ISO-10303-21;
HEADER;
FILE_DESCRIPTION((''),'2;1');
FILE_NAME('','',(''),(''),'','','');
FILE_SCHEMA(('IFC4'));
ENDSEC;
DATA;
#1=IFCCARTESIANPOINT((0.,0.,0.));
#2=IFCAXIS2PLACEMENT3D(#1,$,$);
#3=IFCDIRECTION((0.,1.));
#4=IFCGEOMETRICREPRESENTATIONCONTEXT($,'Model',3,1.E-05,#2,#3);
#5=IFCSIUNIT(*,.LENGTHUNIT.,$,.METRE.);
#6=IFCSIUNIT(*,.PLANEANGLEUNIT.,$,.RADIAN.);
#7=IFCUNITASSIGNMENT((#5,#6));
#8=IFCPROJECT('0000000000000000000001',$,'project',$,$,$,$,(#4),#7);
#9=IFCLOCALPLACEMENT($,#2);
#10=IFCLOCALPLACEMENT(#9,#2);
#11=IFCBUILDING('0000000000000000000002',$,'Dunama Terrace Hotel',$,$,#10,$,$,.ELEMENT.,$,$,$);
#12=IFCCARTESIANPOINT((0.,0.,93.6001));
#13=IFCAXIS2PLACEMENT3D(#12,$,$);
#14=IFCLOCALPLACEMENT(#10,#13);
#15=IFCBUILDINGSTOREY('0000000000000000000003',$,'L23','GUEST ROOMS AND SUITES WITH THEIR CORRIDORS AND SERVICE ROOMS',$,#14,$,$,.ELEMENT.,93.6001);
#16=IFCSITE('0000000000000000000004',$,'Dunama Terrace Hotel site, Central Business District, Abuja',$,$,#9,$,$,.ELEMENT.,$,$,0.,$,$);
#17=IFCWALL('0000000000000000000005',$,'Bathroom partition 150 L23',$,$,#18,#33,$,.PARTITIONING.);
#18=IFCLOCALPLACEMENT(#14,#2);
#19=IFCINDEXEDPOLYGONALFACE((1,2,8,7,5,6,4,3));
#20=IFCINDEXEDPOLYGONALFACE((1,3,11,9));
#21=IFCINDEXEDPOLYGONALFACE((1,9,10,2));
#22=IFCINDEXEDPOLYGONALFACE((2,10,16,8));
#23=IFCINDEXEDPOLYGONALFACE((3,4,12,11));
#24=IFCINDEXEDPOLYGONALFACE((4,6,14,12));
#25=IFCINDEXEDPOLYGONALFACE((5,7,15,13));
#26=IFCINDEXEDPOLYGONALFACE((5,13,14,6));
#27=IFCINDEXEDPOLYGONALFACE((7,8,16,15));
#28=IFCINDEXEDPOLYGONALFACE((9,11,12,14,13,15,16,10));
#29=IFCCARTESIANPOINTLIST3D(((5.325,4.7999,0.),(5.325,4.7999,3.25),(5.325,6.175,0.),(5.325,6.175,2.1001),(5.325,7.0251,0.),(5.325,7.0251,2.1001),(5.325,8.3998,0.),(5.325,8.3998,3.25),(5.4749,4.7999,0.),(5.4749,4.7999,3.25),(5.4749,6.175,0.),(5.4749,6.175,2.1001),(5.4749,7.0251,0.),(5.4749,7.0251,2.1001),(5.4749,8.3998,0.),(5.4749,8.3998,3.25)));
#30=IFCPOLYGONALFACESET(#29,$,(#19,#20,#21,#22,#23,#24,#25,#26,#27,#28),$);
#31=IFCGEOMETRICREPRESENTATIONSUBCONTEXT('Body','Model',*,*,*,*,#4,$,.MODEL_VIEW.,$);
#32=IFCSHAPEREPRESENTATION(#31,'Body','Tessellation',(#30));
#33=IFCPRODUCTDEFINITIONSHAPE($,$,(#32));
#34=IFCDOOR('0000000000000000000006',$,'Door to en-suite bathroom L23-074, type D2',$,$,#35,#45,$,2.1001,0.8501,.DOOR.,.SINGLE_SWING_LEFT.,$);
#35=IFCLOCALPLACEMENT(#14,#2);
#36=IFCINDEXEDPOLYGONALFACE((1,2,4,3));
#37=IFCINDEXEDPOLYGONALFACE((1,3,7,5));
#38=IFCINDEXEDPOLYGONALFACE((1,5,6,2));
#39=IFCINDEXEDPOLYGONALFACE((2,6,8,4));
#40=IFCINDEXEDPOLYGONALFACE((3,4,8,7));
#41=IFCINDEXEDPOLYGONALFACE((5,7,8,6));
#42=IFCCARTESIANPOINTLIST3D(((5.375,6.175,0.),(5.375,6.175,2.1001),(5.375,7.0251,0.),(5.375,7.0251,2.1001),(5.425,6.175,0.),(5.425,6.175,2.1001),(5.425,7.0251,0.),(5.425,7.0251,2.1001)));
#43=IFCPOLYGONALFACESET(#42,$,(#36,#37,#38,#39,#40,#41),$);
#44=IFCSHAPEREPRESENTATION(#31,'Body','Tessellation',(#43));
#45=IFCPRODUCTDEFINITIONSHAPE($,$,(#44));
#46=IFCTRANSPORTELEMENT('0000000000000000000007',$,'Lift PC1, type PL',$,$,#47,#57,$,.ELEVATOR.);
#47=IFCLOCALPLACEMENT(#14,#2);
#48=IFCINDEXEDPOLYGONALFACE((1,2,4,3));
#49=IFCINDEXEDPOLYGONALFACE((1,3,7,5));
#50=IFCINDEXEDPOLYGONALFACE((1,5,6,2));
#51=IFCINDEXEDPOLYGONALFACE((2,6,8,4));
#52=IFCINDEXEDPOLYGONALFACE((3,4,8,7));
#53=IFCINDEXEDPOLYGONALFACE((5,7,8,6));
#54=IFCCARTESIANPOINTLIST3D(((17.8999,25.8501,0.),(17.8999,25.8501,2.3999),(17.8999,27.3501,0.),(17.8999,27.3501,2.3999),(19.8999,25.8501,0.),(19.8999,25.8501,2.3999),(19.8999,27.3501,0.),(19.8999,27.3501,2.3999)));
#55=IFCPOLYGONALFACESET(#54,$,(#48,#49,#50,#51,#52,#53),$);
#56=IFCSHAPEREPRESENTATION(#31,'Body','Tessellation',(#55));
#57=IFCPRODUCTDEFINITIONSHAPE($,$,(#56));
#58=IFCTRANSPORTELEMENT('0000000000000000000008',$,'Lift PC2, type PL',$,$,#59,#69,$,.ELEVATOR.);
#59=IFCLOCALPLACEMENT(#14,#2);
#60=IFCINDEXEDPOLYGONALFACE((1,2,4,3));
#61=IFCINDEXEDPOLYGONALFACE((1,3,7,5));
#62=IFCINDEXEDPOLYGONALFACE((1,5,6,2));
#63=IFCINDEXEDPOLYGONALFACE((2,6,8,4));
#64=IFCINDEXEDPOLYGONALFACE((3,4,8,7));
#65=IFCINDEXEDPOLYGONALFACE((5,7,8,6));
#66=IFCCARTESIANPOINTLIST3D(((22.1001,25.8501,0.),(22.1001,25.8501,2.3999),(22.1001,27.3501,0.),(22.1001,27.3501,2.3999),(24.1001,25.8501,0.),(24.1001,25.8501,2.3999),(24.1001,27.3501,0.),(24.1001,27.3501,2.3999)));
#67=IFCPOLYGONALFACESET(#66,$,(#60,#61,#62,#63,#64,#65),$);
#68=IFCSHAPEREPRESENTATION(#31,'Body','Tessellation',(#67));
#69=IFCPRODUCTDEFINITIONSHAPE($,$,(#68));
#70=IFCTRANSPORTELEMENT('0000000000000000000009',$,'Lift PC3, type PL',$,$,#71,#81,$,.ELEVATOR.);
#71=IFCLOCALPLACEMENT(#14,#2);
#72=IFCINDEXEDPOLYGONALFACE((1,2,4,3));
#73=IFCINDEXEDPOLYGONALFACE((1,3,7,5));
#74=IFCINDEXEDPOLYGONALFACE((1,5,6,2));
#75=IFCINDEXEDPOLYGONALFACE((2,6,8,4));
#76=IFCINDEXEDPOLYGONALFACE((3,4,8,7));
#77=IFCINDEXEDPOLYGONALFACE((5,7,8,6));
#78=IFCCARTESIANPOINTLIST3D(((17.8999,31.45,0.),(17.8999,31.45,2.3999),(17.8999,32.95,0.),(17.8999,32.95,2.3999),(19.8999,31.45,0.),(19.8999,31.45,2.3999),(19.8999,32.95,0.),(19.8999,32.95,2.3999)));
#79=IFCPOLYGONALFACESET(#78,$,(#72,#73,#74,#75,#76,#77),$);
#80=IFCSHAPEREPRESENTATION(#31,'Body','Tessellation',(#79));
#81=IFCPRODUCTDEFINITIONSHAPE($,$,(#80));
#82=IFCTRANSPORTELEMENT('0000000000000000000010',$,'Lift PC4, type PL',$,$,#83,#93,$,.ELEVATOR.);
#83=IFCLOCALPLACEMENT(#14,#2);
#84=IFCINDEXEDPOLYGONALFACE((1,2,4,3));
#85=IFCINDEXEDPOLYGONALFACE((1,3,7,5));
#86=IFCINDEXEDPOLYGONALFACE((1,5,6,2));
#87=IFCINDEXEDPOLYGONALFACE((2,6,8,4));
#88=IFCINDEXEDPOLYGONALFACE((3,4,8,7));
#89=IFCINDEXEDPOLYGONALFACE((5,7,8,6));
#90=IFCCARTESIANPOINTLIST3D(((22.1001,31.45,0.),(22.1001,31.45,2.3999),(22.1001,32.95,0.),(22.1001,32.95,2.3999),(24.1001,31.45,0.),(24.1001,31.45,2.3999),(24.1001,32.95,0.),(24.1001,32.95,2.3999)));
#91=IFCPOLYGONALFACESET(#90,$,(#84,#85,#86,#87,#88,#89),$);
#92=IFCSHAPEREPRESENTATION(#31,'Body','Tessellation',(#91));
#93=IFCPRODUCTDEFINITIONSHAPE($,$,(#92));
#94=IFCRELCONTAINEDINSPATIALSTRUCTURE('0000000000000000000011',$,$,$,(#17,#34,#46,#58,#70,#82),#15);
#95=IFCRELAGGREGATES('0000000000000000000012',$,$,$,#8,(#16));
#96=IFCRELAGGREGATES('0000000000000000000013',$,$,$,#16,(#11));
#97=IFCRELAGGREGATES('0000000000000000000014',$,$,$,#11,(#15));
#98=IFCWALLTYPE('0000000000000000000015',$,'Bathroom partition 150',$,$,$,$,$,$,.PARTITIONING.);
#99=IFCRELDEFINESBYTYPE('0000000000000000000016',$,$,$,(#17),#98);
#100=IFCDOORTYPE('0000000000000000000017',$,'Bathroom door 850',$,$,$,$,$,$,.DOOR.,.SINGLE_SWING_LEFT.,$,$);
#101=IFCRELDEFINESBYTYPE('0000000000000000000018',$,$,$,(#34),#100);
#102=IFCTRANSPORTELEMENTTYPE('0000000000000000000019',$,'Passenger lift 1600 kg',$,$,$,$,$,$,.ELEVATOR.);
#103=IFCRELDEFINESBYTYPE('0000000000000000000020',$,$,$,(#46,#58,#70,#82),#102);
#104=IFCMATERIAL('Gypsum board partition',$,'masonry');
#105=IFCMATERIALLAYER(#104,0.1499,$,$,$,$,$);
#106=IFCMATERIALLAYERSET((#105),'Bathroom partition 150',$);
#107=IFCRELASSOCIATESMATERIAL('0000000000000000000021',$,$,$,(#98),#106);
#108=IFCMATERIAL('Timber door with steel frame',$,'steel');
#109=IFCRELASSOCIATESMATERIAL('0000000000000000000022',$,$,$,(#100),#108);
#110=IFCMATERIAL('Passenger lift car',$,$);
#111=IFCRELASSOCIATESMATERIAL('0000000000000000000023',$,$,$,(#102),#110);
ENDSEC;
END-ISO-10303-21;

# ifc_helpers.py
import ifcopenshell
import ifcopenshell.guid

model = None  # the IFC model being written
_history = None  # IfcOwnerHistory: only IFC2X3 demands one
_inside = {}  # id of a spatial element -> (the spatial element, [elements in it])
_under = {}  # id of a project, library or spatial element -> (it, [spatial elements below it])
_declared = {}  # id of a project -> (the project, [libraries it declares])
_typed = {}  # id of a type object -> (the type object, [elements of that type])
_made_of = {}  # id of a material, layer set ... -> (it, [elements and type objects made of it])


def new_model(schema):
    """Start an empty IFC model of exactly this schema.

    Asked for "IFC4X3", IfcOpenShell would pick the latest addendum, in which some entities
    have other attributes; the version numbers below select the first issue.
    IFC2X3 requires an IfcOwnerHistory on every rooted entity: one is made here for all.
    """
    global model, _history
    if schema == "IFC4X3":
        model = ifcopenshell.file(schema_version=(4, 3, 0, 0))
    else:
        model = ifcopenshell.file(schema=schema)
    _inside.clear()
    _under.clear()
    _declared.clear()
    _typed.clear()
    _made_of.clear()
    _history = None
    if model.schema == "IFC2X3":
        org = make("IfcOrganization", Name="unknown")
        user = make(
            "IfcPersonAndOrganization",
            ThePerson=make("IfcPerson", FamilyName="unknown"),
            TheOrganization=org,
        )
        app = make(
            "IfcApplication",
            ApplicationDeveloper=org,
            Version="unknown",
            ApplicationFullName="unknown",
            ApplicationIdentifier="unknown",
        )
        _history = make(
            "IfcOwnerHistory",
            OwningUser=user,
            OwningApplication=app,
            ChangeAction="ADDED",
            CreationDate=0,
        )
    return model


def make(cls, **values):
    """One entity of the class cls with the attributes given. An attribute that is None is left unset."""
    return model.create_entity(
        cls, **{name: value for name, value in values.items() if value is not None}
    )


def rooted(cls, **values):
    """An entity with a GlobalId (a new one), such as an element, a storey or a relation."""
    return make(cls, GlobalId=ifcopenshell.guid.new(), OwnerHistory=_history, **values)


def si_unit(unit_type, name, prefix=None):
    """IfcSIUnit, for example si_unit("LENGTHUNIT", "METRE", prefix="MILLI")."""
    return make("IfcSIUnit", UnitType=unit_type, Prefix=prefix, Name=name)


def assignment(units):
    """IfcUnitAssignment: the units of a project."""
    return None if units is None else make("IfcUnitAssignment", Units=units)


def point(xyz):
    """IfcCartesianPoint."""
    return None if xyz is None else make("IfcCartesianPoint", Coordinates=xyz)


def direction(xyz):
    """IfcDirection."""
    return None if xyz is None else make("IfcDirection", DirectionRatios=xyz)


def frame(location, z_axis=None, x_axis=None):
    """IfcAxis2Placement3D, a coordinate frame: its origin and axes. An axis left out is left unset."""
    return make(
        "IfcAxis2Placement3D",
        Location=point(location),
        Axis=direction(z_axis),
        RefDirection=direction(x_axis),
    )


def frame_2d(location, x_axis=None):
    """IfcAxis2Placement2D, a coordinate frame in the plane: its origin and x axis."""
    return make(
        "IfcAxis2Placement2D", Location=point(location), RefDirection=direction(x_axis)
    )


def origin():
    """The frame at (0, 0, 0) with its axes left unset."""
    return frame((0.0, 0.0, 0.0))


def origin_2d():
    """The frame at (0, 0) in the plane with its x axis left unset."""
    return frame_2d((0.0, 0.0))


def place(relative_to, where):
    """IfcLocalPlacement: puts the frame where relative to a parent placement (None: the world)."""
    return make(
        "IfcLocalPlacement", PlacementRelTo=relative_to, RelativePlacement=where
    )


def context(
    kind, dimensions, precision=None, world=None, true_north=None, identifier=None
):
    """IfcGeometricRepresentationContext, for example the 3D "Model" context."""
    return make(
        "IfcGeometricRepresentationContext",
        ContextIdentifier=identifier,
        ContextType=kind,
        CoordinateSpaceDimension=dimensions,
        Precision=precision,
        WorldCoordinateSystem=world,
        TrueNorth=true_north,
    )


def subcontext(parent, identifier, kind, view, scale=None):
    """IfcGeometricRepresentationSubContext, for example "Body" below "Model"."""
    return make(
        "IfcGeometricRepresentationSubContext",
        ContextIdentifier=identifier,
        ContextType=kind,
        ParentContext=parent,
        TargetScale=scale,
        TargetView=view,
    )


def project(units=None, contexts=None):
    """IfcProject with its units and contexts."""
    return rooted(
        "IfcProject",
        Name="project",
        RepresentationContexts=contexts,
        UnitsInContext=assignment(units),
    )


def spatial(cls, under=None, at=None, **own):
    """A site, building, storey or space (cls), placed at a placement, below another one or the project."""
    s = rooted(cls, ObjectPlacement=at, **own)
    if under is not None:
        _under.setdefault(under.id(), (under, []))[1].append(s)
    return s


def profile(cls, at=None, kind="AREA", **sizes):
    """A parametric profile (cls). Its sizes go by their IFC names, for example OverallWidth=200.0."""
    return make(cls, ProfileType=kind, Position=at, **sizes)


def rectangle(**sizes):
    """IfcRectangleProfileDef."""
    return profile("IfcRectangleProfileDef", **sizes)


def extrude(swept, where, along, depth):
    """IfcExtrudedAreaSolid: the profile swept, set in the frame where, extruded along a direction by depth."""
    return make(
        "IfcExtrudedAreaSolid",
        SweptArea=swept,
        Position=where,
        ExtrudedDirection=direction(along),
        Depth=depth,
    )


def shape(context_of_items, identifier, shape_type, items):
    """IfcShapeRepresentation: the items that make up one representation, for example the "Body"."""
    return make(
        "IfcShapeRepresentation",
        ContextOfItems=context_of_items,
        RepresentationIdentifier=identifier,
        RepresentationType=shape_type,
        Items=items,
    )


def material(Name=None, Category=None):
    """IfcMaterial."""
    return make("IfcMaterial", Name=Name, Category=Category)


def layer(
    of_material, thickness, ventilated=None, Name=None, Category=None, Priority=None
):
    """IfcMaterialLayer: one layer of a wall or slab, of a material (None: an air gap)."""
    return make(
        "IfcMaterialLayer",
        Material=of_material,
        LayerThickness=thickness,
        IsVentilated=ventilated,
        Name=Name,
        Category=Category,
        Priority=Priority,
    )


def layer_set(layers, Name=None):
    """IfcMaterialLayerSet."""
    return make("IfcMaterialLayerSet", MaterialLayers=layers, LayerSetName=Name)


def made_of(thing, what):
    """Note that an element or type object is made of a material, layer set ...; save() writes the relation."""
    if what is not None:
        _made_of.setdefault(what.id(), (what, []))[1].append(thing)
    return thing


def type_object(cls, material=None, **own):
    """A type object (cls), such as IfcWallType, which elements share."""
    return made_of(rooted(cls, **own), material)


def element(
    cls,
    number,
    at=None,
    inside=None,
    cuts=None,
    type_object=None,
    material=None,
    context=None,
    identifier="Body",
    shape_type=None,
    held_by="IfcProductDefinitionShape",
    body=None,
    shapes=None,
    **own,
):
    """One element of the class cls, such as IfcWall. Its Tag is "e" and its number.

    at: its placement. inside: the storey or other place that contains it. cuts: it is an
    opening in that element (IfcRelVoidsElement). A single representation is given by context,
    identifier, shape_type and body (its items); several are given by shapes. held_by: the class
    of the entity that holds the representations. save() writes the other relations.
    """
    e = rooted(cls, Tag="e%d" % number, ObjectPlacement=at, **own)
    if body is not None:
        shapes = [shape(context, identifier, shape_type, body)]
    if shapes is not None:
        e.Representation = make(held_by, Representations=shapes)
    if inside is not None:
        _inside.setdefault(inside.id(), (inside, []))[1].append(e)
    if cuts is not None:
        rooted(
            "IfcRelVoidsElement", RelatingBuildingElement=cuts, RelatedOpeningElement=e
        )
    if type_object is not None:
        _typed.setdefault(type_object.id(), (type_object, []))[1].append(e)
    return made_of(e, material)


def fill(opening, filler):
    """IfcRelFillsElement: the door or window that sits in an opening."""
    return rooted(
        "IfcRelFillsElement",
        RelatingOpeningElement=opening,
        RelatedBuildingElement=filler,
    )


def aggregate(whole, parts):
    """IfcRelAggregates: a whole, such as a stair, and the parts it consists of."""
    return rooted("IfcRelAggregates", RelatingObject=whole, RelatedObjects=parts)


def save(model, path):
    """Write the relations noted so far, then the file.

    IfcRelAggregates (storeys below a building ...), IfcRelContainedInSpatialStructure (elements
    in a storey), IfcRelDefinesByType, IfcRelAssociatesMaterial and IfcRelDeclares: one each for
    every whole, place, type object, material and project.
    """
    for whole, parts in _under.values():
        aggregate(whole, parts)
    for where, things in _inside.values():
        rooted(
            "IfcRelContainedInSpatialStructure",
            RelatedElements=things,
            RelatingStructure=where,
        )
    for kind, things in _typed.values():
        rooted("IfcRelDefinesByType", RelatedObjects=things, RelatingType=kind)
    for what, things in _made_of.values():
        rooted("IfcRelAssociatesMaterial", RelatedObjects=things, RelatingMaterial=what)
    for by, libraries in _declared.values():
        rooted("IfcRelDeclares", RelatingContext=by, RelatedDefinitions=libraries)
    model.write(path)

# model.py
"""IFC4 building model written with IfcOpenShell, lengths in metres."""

from ifc_helpers import new_model, si_unit, direction, frame, frame_2d, origin, origin_2d, place, context, subcontext, project, spatial, rectangle, extrude, material, layer, layer_set, type_object, element, fill, save


model = new_model("IFC4")

# Units and contexts
model_context = context("Model", 3, precision=1e-05, world=origin(), true_north=direction((0.0, 1.0)))
body_context = subcontext(model_context, "Body", "Model", "MODEL_VIEW")
ifc_project = project(units=[si_unit("LENGTHUNIT", "METRE"), si_unit("PLANEANGLEUNIT", "RADIAN")], contexts=[model_context])

# Site, building, storey
site_placement = place(None, origin())
site = spatial("IfcSite", under=ifc_project, at=site_placement, Name="Dunama Terrace Hotel site, Central Business District, Abuja", CompositionType="ELEMENT", RefElevation=0.0)
building_placement = place(site_placement, origin())
building = spatial("IfcBuilding", under=site, at=building_placement, Name="Dunama Terrace Hotel", CompositionType="ELEMENT")
storey_placement = place(building_placement, frame((0.0, 0.0, 93.6001)))
storey = spatial("IfcBuildingStorey", under=building, at=storey_placement, Name="L23", Description="GUEST ROOMS AND SUITES WITH THEIR CORRIDORS AND SERVICE ROOMS", CompositionType="ELEMENT", Elevation=93.6001)

# Wall, opening, door
ifc_material_1 = material(Name="Gypsum board partition", Category="masonry")
ifc_layer_1 = layer(ifc_material_1, 0.1499)
ifc_layer_set_1 = layer_set([ifc_layer_1], Name="Bathroom partition 150")
wall_type = type_object("IfcWallType", Name="Bathroom partition 150", PredefinedType="PARTITIONING", material=ifc_layer_set_1)
wall_placement = place(storey_placement, frame((5.3999, 4.8, 0.0), z_axis=(0.0, 0.0, 1.0), x_axis=(0.0, 1.0, 0.0)))
wall = element("IfcWall", 1, at=wall_placement, inside=storey, type_object=wall_type, Name="Bathroom partition 150 L23", PredefinedType="PARTITIONING", context=body_context, shape_type="SweptSolid", body=[
    extrude(rectangle(XDim=3.5999, YDim=0.1499, at=frame_2d((1.7998, 0.0))), origin(), (0.0, 0.0, 1.0), 3.25),
])
opening_placement = place(wall_placement, frame((1.375, 0.0, 0.0)))
opening = element("IfcOpeningElement", 2, at=opening_placement, cuts=wall, PredefinedType="OPENING", context=body_context, shape_type="SweptSolid", body=[
    extrude(rectangle(XDim=0.8501, YDim=2.1001, at=frame_2d((0.425, 1.05))), frame((0.0, 0.085, 0.0), z_axis=(0.0, -1.0, 0.0), x_axis=(1.0, 0.0, 0.0)), (0.0, 0.0, 1.0), 0.1699),
])
ifc_material_2 = material(Name="Timber door with steel frame", Category="steel")
door_type = type_object("IfcDoorType", Name="Bathroom door 850", OperationType="SINGLE_SWING_LEFT", PredefinedType="DOOR", material=ifc_material_2)
door_placement = place(opening_placement, frame((0.8501, 0.0, 0.0), z_axis=(0.0, 0.0, 1.0), x_axis=(-1.0, 0.0, 0.0)))
door = element("IfcDoor", 3, at=door_placement, inside=storey, type_object=door_type, Name="Door to en-suite bathroom L23-074, type D2", OperationType="SINGLE_SWING_LEFT", OverallHeight=2.1001, OverallWidth=0.8501, PredefinedType="DOOR", context=body_context, shape_type="SweptSolid", body=[
    extrude(rectangle(XDim=0.8501, YDim=2.1001, at=frame_2d((0.425, 1.05))), frame((0.0, 0.0251, 0.0), z_axis=(0.0, -1.0, 0.0), x_axis=(1.0, 0.0, 0.0)), (0.0, 0.0, 1.0), 0.05),
])
fill(opening, door)

# Transport elements
ifc_material_3 = material(Name="Passenger lift car")
transport_element_type = type_object("IfcTransportElementType", Name="Passenger lift 1600 kg", PredefinedType="ELEVATOR", material=ifc_material_3)
transport_element_1_placement = place(storey_placement, origin())
element("IfcTransportElement", 4, at=transport_element_1_placement, inside=storey, type_object=transport_element_type, Name="Lift PC1, type PL", PredefinedType="ELEVATOR", context=body_context, shape_type="SweptSolid", body=[
    extrude(rectangle(XDim=2.0, YDim=1.5, at=origin_2d()), frame((18.8999, 26.6001, 0.0), z_axis=(0.0, 0.0, 1.0), x_axis=(1.0, 0.0, 0.0)), (0.0, 0.0, 1.0), 2.3999),
])
transport_element_2_placement = place(storey_placement, origin())
element("IfcTransportElement", 5, at=transport_element_2_placement, inside=storey, type_object=transport_element_type, Name="Lift PC2, type PL", PredefinedType="ELEVATOR", context=body_context, shape_type="SweptSolid", body=[
    extrude(rectangle(XDim=2.0, YDim=1.5, at=origin_2d()), frame((23.1001, 26.6001, 0.0), z_axis=(0.0, 0.0, 1.0), x_axis=(1.0, 0.0, 0.0)), (0.0, 0.0, 1.0), 2.3999),
])
transport_element_3_placement = place(storey_placement, origin())
element("IfcTransportElement", 6, at=transport_element_3_placement, inside=storey, type_object=transport_element_type, Name="Lift PC3, type PL", PredefinedType="ELEVATOR", context=body_context, shape_type="SweptSolid", body=[
    extrude(rectangle(XDim=2.0, YDim=1.5, at=origin_2d()), frame((18.8999, 32.2, 0.0), z_axis=(0.0, 0.0, 1.0), x_axis=(1.0, 0.0, 0.0)), (0.0, 0.0, 1.0), 2.3999),
])
transport_element_4_placement = place(storey_placement, origin())
element("IfcTransportElement", 7, at=transport_element_4_placement, inside=storey, type_object=transport_element_type, Name="Lift PC4, type PL", PredefinedType="ELEVATOR", context=body_context, shape_type="SweptSolid", body=[
    extrude(rectangle(XDim=2.0, YDim=1.5, at=origin_2d()), frame((23.1001, 32.2, 0.0), z_axis=(0.0, 0.0, 1.0), x_axis=(1.0, 0.0, 0.0)), (0.0, 0.0, 1.0), 2.3999),
])

save(model, "model.ifc")
